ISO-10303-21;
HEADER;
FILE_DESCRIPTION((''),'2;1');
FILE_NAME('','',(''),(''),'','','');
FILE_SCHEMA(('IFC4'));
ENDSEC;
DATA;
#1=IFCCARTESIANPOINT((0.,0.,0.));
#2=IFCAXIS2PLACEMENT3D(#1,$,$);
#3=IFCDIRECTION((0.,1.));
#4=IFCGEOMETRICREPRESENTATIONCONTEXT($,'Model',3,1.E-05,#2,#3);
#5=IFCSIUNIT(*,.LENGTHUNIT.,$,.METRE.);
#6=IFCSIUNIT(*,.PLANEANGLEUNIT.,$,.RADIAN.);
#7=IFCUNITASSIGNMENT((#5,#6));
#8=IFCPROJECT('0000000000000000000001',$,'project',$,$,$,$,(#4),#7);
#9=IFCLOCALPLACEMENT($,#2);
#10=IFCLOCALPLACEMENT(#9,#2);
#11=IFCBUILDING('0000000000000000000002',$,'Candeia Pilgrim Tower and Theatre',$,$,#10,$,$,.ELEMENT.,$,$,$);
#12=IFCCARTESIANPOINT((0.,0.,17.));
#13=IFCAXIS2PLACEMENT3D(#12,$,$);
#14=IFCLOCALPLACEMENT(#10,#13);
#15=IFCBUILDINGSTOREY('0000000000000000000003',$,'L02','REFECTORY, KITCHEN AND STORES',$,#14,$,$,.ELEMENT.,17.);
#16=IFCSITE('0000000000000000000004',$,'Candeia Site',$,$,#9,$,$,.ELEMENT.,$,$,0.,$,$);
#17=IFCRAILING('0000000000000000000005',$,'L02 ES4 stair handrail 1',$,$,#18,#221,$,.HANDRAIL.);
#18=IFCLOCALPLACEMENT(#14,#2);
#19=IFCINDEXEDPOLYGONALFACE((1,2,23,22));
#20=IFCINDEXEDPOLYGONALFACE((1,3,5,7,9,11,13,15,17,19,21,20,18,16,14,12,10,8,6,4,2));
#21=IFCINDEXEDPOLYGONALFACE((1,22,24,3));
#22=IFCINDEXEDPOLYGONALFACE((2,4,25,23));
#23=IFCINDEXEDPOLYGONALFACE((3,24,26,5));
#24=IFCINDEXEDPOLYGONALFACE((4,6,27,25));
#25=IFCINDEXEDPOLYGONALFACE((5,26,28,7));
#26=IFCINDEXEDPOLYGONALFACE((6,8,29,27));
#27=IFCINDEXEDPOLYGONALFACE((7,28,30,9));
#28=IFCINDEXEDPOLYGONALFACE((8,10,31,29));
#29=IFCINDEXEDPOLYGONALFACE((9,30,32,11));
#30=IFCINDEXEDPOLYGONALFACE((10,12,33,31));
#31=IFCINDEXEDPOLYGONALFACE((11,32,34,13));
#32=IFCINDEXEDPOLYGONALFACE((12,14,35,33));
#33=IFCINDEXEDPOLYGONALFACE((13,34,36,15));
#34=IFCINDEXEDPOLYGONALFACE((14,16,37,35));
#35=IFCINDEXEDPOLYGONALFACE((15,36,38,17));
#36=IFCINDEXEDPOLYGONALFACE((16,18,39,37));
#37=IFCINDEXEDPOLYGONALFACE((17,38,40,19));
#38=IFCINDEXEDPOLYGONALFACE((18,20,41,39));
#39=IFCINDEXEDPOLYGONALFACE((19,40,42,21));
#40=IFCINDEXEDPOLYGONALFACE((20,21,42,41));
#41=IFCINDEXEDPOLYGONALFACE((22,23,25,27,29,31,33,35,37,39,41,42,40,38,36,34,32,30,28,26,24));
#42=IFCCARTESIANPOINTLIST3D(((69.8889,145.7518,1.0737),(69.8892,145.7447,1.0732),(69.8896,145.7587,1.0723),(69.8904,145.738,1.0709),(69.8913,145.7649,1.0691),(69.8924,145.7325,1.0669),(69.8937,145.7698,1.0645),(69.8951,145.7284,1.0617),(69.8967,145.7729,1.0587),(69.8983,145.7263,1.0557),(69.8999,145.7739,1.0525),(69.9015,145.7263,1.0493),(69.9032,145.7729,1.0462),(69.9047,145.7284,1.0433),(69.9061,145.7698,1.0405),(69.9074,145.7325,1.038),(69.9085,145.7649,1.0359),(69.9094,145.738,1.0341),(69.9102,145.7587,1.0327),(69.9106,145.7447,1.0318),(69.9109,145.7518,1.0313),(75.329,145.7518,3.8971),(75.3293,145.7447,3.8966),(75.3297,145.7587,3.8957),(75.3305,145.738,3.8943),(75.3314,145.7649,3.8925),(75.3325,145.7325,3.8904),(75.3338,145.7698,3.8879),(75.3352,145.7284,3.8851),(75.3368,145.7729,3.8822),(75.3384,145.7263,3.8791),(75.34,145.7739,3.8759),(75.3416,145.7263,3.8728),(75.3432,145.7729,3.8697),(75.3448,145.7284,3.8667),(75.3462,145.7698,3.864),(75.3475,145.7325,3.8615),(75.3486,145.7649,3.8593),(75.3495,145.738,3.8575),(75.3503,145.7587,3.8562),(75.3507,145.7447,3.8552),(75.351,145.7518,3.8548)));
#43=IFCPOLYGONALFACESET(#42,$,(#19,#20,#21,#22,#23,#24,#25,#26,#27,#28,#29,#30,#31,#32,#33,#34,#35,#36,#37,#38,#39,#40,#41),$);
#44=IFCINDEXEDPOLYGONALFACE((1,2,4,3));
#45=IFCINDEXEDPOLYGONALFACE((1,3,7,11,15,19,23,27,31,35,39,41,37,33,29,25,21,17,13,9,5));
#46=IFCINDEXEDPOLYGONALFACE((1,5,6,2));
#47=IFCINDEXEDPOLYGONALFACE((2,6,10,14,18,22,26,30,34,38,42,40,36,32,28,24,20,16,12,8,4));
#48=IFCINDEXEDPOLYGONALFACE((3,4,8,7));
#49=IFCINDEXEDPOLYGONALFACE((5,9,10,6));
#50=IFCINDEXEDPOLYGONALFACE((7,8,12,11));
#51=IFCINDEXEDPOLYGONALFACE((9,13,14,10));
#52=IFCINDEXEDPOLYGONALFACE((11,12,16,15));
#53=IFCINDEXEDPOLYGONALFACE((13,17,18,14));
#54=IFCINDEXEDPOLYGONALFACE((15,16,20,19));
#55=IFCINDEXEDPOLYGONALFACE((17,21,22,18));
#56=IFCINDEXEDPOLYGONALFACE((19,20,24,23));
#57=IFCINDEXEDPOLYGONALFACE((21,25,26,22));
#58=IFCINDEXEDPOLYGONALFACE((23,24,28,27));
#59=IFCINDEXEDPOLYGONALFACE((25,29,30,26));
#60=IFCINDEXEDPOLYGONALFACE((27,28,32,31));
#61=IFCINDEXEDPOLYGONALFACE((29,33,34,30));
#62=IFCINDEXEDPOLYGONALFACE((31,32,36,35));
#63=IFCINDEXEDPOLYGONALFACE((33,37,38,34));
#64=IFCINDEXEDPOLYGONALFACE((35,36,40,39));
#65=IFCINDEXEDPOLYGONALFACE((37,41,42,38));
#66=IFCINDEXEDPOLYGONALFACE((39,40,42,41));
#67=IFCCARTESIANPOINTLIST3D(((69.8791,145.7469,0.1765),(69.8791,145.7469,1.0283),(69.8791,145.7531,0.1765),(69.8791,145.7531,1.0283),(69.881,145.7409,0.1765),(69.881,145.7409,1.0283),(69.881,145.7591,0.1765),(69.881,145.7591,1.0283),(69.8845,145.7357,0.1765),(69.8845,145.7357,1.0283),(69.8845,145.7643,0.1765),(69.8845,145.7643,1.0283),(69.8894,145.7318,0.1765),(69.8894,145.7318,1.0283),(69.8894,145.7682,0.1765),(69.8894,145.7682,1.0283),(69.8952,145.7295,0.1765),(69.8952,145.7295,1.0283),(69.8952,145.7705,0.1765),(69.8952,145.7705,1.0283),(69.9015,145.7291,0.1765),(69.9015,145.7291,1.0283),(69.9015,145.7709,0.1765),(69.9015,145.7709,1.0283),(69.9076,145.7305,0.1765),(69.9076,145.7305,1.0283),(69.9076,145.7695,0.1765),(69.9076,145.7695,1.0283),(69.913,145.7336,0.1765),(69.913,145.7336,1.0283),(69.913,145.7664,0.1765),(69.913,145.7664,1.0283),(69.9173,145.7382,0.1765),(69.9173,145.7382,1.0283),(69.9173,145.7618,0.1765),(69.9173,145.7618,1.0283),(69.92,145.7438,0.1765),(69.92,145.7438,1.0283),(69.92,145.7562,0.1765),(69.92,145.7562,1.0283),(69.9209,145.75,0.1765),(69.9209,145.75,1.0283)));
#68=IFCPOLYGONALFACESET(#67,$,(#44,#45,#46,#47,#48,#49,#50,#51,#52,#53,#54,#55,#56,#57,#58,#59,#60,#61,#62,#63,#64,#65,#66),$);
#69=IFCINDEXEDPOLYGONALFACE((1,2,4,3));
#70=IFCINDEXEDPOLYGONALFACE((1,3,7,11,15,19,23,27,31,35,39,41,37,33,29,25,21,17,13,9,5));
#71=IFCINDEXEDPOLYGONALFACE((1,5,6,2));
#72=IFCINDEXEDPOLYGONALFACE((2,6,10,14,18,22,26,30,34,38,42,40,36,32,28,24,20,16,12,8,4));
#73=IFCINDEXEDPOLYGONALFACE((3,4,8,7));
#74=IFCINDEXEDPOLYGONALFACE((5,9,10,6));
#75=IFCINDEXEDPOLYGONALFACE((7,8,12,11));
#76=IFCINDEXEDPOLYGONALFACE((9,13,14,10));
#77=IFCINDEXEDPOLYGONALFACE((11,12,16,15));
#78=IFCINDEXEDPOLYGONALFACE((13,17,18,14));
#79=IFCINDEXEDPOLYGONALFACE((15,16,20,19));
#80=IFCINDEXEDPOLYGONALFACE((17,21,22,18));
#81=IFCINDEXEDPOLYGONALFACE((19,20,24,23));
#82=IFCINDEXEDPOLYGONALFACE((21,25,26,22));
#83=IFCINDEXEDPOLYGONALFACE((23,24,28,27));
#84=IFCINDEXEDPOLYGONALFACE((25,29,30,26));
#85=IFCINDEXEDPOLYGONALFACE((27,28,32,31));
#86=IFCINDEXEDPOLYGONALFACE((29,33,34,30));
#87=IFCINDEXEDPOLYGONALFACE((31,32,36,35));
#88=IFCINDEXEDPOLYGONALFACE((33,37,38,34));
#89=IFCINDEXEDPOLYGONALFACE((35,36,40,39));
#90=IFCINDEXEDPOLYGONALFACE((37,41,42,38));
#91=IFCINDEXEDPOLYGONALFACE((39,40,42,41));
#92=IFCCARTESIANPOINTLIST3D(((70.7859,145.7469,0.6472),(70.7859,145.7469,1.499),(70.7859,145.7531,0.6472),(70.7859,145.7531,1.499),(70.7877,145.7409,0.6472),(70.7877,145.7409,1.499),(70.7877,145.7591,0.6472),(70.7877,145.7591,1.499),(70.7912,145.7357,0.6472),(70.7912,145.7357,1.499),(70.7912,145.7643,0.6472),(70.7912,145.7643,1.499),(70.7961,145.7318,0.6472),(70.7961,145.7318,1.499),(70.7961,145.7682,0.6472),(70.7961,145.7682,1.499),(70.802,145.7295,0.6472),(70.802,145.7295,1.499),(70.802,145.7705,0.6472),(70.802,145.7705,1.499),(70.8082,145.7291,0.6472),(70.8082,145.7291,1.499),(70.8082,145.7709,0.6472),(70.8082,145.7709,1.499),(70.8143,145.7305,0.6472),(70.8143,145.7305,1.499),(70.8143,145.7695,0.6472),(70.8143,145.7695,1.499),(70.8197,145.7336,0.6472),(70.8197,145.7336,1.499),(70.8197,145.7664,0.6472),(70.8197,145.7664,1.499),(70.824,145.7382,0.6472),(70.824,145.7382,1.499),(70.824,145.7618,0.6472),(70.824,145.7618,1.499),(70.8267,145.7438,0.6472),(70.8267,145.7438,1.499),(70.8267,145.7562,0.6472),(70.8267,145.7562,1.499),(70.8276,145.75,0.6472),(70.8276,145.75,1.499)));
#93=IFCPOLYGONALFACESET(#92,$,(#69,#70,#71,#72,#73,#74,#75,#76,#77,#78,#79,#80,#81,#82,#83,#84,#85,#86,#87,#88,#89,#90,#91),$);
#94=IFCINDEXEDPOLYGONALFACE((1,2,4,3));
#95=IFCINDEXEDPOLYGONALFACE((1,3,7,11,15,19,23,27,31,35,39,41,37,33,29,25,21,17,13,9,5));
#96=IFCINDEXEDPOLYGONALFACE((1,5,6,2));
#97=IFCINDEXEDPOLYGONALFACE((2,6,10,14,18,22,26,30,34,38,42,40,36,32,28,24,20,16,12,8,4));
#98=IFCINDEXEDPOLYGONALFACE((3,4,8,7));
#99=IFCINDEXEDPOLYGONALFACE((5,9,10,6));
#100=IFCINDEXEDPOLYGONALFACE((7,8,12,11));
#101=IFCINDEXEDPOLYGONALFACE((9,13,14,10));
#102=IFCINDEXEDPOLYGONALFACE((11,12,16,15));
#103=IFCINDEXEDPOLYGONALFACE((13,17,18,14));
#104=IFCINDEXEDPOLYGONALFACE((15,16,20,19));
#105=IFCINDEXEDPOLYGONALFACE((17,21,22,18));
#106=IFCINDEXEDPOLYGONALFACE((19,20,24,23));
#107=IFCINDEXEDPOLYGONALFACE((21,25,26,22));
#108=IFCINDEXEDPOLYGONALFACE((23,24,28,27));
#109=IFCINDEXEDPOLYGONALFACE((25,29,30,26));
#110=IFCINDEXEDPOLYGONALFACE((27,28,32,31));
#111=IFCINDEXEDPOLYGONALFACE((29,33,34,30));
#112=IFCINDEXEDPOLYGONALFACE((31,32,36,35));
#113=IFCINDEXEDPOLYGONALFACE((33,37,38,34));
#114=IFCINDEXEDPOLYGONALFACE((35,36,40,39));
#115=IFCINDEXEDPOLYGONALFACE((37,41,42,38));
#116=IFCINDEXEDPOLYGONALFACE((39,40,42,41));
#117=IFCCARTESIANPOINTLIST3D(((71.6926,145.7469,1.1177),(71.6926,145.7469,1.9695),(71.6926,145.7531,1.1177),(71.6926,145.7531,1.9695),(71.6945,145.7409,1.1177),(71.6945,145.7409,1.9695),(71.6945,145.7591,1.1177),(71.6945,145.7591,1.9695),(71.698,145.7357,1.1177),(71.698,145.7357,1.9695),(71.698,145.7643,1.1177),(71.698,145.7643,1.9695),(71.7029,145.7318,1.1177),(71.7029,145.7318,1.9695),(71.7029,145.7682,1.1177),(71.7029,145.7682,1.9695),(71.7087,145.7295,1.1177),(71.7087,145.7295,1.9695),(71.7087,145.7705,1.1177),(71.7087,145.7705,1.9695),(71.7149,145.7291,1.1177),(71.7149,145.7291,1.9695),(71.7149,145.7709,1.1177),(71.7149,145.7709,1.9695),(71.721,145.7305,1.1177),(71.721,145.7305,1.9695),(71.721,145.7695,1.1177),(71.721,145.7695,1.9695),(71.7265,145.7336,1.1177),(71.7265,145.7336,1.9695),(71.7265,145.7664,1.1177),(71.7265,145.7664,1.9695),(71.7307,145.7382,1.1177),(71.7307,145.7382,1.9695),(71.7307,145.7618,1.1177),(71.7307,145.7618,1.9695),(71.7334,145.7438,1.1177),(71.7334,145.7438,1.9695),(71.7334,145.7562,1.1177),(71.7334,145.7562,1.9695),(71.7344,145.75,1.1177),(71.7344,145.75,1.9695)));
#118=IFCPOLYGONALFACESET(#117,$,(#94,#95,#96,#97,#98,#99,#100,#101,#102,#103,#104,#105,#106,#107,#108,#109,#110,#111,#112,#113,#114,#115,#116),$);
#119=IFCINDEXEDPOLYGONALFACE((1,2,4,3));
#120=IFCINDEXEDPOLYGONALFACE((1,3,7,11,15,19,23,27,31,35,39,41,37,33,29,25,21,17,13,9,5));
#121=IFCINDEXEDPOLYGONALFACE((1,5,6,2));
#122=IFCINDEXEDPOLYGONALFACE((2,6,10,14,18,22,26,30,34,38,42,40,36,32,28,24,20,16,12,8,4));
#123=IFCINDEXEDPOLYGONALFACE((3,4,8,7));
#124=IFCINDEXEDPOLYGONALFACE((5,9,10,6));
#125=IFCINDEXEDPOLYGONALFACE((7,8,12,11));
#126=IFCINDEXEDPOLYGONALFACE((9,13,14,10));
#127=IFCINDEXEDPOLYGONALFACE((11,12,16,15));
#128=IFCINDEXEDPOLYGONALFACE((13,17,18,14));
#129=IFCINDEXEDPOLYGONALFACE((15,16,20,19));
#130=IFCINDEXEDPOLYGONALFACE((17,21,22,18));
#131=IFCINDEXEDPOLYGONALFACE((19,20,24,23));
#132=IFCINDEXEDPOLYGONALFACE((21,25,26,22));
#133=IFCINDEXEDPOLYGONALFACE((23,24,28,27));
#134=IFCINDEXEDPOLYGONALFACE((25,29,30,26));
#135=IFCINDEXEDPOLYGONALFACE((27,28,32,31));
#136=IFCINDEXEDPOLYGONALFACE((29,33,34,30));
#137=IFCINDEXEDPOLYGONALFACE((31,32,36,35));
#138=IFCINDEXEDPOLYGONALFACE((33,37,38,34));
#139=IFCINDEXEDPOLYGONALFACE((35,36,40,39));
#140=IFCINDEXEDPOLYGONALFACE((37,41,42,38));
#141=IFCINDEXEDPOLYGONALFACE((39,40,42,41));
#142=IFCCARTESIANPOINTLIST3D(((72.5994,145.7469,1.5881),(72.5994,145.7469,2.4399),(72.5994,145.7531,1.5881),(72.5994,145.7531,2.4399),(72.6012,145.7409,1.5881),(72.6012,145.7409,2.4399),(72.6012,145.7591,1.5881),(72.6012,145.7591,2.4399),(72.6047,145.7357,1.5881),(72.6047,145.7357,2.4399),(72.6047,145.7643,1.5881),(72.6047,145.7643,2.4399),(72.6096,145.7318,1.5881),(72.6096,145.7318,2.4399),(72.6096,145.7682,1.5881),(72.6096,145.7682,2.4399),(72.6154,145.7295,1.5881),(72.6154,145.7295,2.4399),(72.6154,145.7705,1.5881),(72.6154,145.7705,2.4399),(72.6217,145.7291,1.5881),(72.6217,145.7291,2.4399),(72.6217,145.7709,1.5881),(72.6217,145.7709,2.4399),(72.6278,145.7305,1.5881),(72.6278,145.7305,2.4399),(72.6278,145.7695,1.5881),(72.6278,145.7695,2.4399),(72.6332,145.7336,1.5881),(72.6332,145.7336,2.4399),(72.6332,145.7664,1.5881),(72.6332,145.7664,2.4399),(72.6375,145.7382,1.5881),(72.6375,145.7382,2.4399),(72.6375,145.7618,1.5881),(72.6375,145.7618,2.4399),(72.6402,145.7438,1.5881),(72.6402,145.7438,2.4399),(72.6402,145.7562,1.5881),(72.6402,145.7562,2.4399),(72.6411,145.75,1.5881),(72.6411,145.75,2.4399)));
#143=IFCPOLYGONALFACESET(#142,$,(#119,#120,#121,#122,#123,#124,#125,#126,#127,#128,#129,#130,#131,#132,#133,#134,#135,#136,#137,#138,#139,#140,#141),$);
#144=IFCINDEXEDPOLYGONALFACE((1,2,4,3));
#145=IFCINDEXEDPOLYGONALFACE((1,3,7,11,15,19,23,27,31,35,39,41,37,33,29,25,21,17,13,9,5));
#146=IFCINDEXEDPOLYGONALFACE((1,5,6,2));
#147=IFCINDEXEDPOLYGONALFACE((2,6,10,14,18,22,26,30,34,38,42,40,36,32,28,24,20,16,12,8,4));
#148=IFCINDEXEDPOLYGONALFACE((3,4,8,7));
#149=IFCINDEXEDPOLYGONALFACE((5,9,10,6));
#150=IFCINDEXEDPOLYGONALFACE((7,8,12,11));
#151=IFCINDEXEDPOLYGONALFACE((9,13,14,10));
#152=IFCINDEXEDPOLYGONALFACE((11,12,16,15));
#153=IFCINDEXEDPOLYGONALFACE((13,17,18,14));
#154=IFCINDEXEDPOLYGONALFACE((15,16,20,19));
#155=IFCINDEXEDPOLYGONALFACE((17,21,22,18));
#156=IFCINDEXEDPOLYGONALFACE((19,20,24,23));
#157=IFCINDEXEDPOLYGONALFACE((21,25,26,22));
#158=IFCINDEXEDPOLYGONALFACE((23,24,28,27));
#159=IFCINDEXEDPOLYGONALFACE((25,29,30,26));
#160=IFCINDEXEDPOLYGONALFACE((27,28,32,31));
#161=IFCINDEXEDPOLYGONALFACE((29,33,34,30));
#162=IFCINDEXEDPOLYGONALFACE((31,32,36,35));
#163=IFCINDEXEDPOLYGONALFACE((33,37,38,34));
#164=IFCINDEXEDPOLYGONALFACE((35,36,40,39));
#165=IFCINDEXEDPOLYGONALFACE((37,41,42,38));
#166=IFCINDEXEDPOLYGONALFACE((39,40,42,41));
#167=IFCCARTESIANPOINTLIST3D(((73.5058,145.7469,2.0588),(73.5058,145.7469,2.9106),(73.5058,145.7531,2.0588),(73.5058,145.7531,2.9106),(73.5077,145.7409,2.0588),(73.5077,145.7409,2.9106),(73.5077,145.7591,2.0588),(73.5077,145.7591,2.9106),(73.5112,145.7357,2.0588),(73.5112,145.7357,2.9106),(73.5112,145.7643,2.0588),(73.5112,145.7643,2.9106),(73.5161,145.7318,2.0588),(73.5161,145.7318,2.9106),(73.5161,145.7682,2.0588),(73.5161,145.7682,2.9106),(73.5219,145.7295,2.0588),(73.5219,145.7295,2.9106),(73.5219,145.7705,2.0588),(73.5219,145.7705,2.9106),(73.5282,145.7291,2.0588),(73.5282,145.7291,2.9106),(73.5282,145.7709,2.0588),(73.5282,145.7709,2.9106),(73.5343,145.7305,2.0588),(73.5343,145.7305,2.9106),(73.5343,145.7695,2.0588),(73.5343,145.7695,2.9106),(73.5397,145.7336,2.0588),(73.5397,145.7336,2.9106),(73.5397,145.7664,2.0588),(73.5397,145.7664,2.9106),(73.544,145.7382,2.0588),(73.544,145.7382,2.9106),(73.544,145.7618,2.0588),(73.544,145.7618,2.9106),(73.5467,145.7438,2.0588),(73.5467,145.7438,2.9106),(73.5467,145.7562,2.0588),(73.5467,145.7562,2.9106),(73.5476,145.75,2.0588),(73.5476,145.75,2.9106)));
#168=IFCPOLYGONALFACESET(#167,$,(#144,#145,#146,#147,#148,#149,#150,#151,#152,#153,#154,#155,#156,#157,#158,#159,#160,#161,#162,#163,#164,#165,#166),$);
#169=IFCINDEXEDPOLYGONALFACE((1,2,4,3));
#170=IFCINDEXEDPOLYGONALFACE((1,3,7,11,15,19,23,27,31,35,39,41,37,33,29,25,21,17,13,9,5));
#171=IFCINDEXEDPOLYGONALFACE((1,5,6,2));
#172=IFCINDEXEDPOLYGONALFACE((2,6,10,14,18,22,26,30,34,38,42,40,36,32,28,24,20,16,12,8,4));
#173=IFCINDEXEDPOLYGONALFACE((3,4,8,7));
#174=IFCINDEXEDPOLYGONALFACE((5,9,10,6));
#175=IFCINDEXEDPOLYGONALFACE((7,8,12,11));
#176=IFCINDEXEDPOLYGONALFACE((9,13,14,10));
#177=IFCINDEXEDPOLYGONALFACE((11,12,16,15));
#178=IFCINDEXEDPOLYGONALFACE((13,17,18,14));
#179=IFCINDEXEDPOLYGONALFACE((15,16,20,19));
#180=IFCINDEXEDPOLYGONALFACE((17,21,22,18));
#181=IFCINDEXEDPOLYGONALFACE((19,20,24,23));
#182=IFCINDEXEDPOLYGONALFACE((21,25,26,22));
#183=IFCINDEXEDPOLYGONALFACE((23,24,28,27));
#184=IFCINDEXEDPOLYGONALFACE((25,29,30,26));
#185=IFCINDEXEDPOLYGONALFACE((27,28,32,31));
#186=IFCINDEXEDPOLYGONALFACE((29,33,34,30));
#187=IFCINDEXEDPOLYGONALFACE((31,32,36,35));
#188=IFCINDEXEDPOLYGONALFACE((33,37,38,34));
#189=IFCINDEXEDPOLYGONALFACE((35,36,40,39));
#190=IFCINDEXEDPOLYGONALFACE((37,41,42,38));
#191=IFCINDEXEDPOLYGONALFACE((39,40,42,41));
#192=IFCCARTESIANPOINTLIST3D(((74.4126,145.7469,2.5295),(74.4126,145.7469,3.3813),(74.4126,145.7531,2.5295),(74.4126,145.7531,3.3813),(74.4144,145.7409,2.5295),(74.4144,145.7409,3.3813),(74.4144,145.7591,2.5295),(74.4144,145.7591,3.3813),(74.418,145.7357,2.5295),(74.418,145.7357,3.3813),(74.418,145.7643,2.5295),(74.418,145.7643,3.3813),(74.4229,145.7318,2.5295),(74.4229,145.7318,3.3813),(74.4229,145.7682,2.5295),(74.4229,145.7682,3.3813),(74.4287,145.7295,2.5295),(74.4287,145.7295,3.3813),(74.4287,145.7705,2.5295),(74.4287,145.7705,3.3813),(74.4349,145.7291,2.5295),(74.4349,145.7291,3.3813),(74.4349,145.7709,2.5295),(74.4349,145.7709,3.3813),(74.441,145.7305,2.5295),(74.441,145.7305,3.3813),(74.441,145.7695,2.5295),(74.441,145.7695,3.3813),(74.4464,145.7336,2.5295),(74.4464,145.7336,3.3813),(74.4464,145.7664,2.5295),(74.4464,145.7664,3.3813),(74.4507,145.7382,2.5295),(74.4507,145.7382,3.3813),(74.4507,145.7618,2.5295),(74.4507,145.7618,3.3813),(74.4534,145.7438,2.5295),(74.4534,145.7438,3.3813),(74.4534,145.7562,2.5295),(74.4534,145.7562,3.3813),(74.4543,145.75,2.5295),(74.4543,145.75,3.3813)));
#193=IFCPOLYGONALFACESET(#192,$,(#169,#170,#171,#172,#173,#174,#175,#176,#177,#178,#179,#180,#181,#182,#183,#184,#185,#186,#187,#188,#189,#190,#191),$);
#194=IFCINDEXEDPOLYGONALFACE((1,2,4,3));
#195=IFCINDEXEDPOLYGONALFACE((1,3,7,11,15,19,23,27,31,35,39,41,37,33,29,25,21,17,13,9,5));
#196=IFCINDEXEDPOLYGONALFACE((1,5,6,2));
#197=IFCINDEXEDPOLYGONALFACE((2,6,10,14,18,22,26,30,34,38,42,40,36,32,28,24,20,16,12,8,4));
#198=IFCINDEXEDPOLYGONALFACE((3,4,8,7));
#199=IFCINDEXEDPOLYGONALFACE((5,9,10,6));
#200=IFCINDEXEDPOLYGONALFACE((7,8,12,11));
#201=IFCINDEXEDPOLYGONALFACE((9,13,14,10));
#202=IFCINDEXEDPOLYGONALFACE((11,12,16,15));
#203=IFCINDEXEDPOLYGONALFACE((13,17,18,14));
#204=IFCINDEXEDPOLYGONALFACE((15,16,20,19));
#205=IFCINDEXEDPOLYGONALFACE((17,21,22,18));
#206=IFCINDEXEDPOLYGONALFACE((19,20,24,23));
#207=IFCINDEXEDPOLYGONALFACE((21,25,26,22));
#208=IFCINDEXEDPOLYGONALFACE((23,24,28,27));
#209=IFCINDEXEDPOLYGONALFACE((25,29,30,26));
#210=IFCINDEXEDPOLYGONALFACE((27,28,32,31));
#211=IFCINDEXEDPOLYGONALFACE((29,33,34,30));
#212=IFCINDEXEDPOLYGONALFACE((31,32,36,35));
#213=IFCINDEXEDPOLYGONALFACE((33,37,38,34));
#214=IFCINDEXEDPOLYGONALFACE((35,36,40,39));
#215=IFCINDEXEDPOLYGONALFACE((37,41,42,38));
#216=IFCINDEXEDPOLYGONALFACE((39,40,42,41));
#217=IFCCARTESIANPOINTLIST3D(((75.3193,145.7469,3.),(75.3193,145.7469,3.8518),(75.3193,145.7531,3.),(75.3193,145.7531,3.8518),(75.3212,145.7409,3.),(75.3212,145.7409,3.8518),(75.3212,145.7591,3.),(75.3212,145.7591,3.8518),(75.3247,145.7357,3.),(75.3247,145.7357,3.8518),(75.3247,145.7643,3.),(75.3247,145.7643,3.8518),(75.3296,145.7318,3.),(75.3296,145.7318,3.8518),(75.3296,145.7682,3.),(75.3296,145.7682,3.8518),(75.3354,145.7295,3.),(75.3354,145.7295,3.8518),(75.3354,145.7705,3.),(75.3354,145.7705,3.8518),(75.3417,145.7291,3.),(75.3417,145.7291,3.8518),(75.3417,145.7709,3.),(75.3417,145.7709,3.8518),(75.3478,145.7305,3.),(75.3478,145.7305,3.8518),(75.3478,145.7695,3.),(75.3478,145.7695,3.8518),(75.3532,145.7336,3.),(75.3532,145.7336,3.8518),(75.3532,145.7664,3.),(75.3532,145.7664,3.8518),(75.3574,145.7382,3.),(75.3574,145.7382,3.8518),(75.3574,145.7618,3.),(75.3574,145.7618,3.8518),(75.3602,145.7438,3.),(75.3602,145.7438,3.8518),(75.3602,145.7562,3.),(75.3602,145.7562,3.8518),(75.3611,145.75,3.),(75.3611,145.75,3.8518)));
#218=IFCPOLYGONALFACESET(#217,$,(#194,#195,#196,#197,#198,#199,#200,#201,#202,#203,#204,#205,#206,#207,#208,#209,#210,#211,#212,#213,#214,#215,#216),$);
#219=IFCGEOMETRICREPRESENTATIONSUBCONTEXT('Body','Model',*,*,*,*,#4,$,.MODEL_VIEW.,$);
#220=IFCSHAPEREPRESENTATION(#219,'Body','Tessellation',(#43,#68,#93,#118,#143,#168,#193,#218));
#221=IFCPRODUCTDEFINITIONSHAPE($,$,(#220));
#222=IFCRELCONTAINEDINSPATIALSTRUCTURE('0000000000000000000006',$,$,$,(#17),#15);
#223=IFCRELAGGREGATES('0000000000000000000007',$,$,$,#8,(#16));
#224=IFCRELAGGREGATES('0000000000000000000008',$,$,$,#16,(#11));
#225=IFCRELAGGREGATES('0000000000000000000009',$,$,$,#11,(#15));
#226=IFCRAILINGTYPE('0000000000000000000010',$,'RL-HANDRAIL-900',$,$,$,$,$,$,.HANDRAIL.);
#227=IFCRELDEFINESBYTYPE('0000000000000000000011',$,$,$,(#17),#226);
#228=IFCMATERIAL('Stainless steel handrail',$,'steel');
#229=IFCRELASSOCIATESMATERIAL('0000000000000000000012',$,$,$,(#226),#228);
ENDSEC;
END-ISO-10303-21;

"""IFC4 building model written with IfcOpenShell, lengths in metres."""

from ifc_helpers import new_model, si_unit, direction, frame, origin, origin_2d, place, context, subcontext, project, spatial, circle, extrude, material, type_object, element, save


model = new_model("IFC4")

# Units and contexts
model_context = context("Model", 3, precision=1e-05, world=origin(), true_north=direction((0.0, 1.0)))
body_context = subcontext(model_context, "Body", "Model", "MODEL_VIEW")
ifc_project = project(units=[si_unit("LENGTHUNIT", "METRE"), si_unit("PLANEANGLEUNIT", "RADIAN")], contexts=[model_context])

# Site, building, storey
site_placement = place(None, origin())
site = spatial("IfcSite", under=ifc_project, at=site_placement, Name="Candeia Site", CompositionType="ELEMENT", RefElevation=0.0)
building_placement = place(site_placement, origin())
building = spatial("IfcBuilding", under=site, at=building_placement, Name="Candeia Pilgrim Tower and Theatre", CompositionType="ELEMENT")
storey_placement = place(building_placement, frame((0.0, 0.0, 17.0)))
storey = spatial("IfcBuildingStorey", under=building, at=storey_placement, Name="L02", Description="REFECTORY, KITCHEN AND STORES", CompositionType="ELEMENT", Elevation=17.0)

# Railing
ifc_material_1 = material(Name="Stainless steel handrail", Category="steel")
railing_type_1 = type_object("IfcRailingType", Name="RL-HANDRAIL-900", PredefinedType="HANDRAIL", material=ifc_material_1)
railing_1_placement = place(storey_placement, frame((69.8999, 145.75, 0.1765)))
element("IfcRailing", 1, at=railing_1_placement, inside=storey, type_object=railing_type_1, Name="L02 ES4 stair handrail 1", PredefinedType="HANDRAIL", context=body_context, shape_type="SweptSolid", body=[
    extrude(circle(Radius=0.0239, at=origin_2d()), frame((0.0, 0.0, 0.876), z_axis=(0.887578, 0.0, 0.460658), x_axis=(0.0, 1.0, 0.0)), (0.0, 0.0, 1.0), 6.1292),
    extrude(circle(Radius=0.021, at=origin_2d()), origin(), (0.0, 0.0, 1.0), 0.8518),
    extrude(circle(Radius=0.021, at=origin_2d()), frame((0.9067, 0.0, 0.4707)), (0.0, 0.0, 1.0), 0.8518),
    extrude(circle(Radius=0.021, at=origin_2d()), frame((1.8135, 0.0, 0.9412)), (0.0, 0.0, 1.0), 0.8518),
    extrude(circle(Radius=0.021, at=origin_2d()), frame((2.7202, 0.0, 1.4116)), (0.0, 0.0, 1.0), 0.8518),
    extrude(circle(Radius=0.021, at=origin_2d()), frame((3.6267, 0.0, 1.8823)), (0.0, 0.0, 1.0), 0.8518),
    extrude(circle(Radius=0.021, at=origin_2d()), frame((4.5334, 0.0, 2.353)), (0.0, 0.0, 1.0), 0.8518),
    extrude(circle(Radius=0.021, at=origin_2d()), frame((5.4402, 0.0, 2.8235)), (0.0, 0.0, 1.0), 0.8518),
])

save(model, "model.ifc")
